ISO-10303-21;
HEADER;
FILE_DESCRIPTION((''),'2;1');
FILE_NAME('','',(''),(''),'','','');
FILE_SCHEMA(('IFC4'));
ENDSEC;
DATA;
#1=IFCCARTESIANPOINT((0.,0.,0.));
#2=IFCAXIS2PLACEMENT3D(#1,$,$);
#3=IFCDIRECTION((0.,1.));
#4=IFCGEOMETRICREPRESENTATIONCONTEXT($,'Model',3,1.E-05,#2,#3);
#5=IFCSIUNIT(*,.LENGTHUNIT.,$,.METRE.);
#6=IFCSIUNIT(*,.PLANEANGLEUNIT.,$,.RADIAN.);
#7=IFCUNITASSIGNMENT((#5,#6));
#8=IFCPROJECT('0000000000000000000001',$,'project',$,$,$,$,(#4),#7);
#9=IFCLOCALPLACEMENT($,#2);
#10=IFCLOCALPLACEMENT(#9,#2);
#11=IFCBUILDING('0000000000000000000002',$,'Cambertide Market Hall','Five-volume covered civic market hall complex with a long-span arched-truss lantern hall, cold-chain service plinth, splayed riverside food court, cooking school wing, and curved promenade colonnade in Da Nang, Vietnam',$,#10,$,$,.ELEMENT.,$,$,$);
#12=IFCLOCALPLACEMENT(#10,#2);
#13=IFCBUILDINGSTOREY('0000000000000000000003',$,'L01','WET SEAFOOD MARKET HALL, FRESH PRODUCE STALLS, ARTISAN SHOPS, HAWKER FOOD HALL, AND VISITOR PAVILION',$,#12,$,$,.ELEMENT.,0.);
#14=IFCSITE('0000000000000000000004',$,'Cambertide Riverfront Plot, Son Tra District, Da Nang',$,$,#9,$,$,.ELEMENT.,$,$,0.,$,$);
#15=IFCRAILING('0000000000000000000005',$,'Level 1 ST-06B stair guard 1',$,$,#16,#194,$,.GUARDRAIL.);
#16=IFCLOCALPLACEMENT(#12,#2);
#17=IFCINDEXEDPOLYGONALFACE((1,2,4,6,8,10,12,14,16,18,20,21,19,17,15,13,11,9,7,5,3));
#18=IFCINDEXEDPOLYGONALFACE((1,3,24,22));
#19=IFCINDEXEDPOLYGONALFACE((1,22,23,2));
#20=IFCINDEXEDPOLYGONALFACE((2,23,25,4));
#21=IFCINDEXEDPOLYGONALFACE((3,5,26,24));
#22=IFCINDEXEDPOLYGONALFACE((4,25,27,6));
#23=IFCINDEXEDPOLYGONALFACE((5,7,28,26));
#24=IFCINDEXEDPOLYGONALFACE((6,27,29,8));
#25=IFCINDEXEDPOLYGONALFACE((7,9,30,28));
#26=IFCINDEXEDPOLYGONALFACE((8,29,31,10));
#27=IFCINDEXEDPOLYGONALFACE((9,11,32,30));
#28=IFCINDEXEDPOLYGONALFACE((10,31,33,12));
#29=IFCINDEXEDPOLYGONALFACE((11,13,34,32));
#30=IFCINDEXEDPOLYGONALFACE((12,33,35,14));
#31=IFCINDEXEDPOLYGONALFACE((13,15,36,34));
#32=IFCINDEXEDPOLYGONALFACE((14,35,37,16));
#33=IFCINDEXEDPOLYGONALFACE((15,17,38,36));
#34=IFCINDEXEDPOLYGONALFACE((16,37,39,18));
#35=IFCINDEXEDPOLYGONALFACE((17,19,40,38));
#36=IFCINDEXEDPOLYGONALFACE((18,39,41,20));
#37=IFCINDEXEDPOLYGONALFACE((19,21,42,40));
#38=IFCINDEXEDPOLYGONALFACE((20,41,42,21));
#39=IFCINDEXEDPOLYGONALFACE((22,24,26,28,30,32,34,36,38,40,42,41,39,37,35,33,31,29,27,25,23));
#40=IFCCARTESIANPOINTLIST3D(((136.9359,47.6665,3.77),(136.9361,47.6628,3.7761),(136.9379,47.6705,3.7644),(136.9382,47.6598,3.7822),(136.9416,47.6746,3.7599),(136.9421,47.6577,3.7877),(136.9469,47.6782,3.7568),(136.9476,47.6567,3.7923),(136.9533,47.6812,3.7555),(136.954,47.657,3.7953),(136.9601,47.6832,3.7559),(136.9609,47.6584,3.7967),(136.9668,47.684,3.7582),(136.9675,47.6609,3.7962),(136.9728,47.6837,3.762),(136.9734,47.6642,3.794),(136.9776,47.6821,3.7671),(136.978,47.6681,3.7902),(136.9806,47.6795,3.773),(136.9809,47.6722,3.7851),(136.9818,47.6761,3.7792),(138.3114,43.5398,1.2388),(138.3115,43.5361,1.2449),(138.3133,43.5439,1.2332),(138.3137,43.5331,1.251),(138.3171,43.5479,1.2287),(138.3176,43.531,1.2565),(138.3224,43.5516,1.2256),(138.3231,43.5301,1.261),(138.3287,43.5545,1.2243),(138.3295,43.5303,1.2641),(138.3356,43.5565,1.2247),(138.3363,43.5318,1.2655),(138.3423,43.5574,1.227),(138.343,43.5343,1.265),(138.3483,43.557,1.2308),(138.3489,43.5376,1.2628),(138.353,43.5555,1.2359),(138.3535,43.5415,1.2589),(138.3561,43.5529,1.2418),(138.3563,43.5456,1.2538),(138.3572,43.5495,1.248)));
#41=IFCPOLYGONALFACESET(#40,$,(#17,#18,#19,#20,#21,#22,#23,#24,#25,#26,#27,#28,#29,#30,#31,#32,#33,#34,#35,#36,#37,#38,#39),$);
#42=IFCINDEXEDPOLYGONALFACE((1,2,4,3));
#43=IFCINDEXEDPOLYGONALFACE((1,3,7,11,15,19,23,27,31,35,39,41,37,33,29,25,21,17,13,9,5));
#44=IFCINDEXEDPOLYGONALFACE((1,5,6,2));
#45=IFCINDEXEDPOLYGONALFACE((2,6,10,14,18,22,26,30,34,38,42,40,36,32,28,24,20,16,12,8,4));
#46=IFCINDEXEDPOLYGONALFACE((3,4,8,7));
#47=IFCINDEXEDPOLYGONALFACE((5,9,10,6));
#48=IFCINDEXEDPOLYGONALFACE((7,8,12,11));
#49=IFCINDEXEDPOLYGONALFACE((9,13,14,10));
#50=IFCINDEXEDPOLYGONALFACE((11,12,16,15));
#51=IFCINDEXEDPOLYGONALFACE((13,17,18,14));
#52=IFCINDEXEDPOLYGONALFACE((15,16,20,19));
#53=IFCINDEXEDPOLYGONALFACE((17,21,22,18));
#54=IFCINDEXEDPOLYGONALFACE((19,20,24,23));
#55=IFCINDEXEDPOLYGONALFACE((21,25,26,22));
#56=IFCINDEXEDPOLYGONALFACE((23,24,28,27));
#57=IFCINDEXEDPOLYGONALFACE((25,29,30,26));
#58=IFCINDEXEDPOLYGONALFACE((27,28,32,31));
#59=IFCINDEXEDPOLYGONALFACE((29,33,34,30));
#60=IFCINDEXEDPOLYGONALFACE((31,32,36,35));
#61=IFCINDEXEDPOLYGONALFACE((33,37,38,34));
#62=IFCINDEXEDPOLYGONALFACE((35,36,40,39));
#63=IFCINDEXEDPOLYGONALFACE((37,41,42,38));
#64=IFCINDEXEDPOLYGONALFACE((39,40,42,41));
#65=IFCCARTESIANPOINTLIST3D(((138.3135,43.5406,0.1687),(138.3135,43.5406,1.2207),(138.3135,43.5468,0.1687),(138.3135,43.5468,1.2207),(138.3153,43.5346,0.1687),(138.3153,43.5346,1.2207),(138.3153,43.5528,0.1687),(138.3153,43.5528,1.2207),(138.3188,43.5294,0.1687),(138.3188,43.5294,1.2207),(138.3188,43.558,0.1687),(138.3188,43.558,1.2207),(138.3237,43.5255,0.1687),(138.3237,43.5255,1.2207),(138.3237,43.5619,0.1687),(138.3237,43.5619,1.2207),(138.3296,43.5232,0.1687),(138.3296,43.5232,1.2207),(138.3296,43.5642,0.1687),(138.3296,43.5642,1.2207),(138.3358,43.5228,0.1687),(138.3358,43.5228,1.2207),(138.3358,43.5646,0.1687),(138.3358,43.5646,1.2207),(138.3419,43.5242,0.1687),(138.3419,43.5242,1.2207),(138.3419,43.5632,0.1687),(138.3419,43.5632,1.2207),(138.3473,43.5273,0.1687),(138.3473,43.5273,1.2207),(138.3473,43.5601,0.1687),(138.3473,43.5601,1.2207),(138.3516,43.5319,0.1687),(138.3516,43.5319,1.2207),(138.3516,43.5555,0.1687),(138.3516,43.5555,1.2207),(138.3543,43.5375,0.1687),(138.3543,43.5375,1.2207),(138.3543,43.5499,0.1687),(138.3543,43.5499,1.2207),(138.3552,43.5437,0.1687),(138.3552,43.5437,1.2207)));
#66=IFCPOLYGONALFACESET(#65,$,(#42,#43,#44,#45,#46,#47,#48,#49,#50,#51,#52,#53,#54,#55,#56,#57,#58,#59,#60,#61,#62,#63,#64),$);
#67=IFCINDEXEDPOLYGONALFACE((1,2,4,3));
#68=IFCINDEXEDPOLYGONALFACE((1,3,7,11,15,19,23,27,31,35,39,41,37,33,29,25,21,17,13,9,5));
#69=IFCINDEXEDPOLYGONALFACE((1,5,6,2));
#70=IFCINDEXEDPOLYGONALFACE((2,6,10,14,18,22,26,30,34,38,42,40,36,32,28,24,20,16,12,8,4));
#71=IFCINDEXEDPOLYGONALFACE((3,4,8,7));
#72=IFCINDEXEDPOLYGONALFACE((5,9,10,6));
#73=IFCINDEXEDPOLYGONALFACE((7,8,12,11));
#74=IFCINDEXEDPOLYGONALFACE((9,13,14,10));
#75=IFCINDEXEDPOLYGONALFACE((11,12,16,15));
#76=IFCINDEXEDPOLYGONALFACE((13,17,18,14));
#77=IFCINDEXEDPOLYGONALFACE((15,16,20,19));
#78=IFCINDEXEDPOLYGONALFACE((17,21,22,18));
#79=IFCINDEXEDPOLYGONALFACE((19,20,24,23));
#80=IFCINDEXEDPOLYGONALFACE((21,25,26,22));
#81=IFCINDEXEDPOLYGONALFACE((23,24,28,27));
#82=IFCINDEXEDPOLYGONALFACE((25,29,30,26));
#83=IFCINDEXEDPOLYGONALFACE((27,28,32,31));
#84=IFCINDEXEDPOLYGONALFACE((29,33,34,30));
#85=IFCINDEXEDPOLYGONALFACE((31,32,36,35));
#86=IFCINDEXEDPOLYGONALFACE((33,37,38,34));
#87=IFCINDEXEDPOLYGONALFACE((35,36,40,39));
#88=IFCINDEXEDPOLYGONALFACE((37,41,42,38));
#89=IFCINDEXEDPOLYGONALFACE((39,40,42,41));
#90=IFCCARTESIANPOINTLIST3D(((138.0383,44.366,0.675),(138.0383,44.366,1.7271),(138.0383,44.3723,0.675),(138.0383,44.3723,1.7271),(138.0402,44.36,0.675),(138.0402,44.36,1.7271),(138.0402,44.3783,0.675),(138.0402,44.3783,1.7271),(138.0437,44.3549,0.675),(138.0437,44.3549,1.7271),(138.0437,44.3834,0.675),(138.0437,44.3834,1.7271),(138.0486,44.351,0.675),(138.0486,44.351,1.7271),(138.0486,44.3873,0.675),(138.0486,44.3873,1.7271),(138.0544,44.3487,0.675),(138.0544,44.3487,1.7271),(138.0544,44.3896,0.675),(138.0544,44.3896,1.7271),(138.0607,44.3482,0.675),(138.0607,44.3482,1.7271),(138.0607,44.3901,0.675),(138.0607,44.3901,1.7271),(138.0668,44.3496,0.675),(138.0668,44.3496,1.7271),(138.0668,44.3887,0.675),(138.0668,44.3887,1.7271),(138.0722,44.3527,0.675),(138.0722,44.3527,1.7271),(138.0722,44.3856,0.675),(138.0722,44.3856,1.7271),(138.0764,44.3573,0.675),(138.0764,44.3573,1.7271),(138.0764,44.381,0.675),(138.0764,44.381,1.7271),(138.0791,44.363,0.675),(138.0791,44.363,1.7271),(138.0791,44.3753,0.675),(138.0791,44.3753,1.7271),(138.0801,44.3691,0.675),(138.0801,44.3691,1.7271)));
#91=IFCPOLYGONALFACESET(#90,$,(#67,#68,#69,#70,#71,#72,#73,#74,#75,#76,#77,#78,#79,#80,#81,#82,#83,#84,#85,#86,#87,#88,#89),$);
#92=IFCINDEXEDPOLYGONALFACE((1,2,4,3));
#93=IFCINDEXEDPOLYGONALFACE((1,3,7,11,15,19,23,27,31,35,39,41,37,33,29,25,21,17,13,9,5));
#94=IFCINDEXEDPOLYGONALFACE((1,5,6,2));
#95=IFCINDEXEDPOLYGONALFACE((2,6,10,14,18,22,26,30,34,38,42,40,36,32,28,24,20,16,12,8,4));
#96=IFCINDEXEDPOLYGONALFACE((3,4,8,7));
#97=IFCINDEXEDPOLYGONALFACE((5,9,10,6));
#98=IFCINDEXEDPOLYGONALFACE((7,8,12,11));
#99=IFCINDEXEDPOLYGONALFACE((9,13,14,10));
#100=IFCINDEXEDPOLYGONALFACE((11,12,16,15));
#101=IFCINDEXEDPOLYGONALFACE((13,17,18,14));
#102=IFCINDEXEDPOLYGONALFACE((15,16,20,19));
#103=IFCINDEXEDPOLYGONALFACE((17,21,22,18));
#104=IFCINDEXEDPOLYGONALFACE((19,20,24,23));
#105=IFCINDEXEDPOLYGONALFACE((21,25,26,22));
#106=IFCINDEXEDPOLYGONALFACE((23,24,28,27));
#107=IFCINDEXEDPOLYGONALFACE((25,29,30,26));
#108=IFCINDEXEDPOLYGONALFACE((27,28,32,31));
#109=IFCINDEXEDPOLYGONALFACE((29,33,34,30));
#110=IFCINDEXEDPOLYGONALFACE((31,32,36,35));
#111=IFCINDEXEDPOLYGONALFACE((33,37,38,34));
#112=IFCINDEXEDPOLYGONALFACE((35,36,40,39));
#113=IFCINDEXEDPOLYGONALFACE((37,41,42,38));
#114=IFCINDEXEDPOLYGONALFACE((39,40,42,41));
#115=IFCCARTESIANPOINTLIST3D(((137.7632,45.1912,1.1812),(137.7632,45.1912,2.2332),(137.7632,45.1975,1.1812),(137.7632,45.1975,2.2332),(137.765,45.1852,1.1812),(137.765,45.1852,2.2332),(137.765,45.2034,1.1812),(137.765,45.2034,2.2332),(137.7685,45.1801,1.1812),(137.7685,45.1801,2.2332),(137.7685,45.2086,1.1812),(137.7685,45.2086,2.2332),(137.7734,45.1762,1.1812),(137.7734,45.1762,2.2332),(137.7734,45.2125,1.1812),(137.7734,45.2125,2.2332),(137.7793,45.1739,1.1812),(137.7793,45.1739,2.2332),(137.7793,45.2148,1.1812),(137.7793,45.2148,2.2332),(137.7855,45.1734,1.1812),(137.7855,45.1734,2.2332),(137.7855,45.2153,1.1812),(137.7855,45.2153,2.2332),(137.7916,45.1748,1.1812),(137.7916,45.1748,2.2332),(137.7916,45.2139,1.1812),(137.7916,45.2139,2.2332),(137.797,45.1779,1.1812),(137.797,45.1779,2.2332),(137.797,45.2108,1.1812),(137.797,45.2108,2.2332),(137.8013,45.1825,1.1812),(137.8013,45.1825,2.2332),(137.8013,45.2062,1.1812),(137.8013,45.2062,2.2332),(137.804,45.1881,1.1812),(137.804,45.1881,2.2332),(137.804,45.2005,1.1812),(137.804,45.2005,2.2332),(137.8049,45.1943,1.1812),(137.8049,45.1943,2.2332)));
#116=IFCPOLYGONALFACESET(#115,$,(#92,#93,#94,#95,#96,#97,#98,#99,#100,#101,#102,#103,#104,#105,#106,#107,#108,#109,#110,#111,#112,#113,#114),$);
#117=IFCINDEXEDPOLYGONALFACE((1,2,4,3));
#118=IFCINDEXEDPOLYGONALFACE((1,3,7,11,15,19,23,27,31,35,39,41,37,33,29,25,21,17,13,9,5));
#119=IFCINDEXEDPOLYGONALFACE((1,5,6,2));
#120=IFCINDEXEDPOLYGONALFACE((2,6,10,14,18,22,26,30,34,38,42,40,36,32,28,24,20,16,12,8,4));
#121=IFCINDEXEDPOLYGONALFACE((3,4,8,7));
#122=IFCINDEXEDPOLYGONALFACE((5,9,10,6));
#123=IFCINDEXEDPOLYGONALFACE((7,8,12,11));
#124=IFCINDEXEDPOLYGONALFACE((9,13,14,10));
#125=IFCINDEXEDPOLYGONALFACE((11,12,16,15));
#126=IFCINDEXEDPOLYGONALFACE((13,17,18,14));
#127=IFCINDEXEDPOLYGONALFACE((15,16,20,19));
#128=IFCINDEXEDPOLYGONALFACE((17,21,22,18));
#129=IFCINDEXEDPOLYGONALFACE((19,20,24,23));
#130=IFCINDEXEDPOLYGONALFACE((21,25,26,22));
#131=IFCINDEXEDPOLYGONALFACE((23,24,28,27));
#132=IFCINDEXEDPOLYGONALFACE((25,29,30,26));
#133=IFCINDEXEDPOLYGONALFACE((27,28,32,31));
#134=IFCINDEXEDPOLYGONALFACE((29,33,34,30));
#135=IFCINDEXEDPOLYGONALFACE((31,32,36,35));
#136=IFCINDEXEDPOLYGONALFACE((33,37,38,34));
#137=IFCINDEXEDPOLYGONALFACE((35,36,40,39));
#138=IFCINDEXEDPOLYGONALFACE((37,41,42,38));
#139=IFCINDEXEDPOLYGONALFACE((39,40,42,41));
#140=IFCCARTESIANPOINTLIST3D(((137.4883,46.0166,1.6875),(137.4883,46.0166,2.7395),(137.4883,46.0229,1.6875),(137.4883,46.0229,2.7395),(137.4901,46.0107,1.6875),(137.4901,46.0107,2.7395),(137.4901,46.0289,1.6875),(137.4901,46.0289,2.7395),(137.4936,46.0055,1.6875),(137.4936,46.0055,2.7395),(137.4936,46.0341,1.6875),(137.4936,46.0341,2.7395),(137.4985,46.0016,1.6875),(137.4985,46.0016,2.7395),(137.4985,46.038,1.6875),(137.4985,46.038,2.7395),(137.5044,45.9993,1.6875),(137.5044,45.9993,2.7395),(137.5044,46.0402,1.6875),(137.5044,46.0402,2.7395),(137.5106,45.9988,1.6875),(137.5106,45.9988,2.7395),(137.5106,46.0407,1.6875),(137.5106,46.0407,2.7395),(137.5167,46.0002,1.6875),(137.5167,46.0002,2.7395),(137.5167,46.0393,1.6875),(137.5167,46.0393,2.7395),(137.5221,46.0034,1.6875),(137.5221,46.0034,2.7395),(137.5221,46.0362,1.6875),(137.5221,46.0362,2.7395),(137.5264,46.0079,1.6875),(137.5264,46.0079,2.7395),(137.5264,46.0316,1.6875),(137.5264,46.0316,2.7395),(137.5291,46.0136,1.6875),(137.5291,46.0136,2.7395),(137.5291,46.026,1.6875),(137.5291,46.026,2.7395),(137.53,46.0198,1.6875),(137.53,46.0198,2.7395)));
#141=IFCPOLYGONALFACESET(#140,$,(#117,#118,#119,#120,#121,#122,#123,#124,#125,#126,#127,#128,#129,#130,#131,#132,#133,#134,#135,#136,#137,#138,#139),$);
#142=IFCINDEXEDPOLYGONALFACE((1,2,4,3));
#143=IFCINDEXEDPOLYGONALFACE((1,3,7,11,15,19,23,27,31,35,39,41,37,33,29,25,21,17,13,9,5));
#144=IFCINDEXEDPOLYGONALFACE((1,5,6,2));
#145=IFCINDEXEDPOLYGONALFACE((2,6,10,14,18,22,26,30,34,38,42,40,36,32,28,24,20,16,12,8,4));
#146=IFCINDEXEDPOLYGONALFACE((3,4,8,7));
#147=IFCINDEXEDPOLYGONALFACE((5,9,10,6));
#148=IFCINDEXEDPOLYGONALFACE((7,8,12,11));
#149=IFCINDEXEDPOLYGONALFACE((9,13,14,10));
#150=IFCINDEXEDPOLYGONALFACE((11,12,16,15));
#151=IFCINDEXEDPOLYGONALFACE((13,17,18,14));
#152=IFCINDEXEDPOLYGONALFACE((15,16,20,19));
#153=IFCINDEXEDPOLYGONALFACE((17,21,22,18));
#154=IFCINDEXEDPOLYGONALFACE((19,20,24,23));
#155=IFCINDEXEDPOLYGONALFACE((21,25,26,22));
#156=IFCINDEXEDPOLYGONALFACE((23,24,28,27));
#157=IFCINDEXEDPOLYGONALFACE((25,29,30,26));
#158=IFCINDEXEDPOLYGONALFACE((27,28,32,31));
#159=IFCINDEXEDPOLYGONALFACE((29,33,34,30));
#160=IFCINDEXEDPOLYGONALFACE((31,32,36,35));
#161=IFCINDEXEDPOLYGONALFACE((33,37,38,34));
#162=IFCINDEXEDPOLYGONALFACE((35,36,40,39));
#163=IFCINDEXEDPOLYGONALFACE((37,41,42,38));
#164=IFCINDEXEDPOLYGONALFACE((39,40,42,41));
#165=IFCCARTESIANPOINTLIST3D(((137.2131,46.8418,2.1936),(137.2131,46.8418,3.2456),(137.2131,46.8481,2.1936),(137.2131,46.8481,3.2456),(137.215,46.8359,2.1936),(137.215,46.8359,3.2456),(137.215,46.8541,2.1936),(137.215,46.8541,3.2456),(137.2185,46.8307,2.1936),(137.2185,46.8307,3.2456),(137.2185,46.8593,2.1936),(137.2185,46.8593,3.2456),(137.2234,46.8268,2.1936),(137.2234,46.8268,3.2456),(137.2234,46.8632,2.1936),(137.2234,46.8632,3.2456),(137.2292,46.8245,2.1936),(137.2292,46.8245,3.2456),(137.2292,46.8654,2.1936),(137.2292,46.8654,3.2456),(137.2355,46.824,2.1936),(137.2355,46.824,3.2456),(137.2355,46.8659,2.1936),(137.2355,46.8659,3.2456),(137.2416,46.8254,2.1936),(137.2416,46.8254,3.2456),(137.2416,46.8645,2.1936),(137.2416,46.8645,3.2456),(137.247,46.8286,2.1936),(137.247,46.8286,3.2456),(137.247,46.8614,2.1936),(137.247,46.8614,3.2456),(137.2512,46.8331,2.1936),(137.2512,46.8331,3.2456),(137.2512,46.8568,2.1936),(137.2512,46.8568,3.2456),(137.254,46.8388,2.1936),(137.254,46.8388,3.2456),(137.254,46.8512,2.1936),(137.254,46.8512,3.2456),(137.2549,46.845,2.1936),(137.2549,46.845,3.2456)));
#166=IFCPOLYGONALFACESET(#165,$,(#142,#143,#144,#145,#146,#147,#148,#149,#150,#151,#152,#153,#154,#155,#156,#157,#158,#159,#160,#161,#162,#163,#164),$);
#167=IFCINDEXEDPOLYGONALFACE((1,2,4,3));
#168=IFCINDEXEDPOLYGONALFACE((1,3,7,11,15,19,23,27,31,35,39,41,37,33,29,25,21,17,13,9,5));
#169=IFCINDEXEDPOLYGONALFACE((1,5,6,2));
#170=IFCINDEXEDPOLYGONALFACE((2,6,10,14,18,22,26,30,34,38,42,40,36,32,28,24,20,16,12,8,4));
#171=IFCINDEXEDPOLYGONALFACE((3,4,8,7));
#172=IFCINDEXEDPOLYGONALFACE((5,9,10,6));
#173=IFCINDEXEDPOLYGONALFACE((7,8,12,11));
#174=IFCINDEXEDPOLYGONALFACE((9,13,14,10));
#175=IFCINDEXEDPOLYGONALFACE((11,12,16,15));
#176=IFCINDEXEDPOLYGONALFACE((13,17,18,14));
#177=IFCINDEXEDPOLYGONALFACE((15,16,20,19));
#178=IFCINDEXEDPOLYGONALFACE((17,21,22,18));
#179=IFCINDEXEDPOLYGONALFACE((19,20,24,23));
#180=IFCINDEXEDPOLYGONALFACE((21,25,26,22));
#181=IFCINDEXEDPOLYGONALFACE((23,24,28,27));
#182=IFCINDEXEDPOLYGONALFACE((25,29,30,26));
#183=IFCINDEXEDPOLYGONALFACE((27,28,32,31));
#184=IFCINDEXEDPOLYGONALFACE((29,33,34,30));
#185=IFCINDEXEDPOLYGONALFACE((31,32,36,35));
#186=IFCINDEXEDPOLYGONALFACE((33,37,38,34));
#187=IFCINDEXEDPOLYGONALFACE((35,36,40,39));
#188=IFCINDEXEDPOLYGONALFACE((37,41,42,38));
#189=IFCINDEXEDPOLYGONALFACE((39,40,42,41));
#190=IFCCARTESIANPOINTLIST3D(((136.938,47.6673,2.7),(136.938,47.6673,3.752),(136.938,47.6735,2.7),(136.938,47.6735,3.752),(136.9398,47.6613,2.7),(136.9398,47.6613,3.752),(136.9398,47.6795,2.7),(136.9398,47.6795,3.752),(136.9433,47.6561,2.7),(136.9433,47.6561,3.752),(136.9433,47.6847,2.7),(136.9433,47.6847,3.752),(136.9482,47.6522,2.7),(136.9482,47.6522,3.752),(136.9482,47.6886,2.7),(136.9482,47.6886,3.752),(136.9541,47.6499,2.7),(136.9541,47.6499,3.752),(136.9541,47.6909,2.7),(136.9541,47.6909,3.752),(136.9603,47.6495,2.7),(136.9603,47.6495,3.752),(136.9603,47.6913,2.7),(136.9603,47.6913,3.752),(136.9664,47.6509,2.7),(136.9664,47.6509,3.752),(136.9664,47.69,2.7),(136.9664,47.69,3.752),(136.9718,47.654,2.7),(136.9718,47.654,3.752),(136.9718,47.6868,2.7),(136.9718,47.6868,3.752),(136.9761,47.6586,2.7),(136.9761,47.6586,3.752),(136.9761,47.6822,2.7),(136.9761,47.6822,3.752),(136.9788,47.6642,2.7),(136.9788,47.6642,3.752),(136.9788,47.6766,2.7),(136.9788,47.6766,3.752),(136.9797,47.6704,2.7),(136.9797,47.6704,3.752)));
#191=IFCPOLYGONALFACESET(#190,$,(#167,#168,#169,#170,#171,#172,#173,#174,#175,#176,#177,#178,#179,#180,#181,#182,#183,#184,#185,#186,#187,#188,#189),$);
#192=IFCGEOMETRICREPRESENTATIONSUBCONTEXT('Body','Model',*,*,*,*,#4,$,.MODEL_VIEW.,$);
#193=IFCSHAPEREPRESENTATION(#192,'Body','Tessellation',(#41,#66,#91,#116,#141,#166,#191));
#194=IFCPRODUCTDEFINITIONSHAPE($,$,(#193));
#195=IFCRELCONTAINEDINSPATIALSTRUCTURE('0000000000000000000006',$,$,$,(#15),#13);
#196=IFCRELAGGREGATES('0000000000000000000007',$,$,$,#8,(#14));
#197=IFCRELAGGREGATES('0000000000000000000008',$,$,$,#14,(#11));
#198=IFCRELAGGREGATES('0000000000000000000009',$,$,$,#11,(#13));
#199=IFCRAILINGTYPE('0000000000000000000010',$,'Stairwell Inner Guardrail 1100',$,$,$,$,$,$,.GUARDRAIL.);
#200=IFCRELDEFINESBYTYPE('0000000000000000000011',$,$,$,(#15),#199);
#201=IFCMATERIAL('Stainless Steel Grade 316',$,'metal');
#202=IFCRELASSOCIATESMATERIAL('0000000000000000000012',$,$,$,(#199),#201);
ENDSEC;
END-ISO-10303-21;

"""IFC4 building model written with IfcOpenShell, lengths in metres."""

from ifc_helpers import new_model, si_unit, direction, frame, origin, origin_2d, place, context, subcontext, project, spatial, circle, extrude, material, type_object, element, save


model = new_model("IFC4")

# Units and contexts
model_context = context("Model", 3, precision=1e-05, world=origin(), true_north=direction((0.0, 1.0)))
body_context = subcontext(model_context, "Body", "Model", "MODEL_VIEW")
ifc_project = project(units=[si_unit("LENGTHUNIT", "METRE"), si_unit("PLANEANGLEUNIT", "RADIAN")], contexts=[model_context])

# Site, building, storey
site_placement = place(None, origin())
site = spatial("IfcSite", under=ifc_project, at=site_placement, Name="Cambertide Riverfront Plot, Son Tra District, Da Nang", CompositionType="ELEMENT", RefElevation=0.0)
building_placement = place(site_placement, origin())
building = spatial("IfcBuilding", under=site, at=building_placement, Name="Cambertide Market Hall", Description="Five-volume covered civic market hall complex with a long-span arched-truss lantern hall, cold-chain service plinth, splayed riverside food court, cooking school wing, and curved promenade colonnade in Da Nang, Vietnam", CompositionType="ELEMENT")
storey_placement = place(building_placement, origin())
storey = spatial("IfcBuildingStorey", under=building, at=storey_placement, Name="L01", Description="WET SEAFOOD MARKET HALL, FRESH PRODUCE STALLS, ARTISAN SHOPS, HAWKER FOOD HALL, AND VISITOR PAVILION", CompositionType="ELEMENT", Elevation=0.0)

# Railing
ifc_material_1 = material(Name="Stainless Steel Grade 316", Category="metal")
railing_type_1 = type_object("IfcRailingType", Name="Stairwell Inner Guardrail 1100", PredefinedType="GUARDRAIL", material=ifc_material_1)
railing_1_placement = place(storey_placement, frame((138.3342, 43.5437, 0.1687)))
element("IfcRailing", 1, at=railing_1_placement, inside=storey, type_object=railing_type_1, Name="Level 1 ST-06B stair guard 1", PredefinedType="GUARDRAIL", context=body_context, shape_type="SweptSolid", body=[
    extrude(circle(Radius=0.0239, at=origin_2d()), frame((0.0, 0.0, 1.0762), z_axis=(-0.273306, 0.819965, 0.502952), x_axis=(-0.948689, -0.316211, 0.0)), (0.0, 0.0, 1.0), 5.0327),
    extrude(circle(Radius=0.021, at=origin_2d()), origin(), (0.0, 0.0, 1.0), 1.052),
    extrude(circle(Radius=0.021, at=origin_2d()), frame((-0.2751, 0.8254, 0.5063)), (0.0, 0.0, 1.0), 1.052),
    extrude(circle(Radius=0.021, at=origin_2d()), frame((-0.5503, 1.6506, 1.0125)), (0.0, 0.0, 1.0), 1.052),
    extrude(circle(Radius=0.021, at=origin_2d()), frame((-0.8252, 2.4761, 1.5188)), (0.0, 0.0, 1.0), 1.052),
    extrude(circle(Radius=0.021, at=origin_2d()), frame((-1.1003, 3.3013, 2.0249)), (0.0, 0.0, 1.0), 1.052),
    extrude(circle(Radius=0.021, at=origin_2d()), frame((-1.3755, 4.1267, 2.5312)), (0.0, 0.0, 1.0), 1.052),
])

save(model, "model.ifc")
